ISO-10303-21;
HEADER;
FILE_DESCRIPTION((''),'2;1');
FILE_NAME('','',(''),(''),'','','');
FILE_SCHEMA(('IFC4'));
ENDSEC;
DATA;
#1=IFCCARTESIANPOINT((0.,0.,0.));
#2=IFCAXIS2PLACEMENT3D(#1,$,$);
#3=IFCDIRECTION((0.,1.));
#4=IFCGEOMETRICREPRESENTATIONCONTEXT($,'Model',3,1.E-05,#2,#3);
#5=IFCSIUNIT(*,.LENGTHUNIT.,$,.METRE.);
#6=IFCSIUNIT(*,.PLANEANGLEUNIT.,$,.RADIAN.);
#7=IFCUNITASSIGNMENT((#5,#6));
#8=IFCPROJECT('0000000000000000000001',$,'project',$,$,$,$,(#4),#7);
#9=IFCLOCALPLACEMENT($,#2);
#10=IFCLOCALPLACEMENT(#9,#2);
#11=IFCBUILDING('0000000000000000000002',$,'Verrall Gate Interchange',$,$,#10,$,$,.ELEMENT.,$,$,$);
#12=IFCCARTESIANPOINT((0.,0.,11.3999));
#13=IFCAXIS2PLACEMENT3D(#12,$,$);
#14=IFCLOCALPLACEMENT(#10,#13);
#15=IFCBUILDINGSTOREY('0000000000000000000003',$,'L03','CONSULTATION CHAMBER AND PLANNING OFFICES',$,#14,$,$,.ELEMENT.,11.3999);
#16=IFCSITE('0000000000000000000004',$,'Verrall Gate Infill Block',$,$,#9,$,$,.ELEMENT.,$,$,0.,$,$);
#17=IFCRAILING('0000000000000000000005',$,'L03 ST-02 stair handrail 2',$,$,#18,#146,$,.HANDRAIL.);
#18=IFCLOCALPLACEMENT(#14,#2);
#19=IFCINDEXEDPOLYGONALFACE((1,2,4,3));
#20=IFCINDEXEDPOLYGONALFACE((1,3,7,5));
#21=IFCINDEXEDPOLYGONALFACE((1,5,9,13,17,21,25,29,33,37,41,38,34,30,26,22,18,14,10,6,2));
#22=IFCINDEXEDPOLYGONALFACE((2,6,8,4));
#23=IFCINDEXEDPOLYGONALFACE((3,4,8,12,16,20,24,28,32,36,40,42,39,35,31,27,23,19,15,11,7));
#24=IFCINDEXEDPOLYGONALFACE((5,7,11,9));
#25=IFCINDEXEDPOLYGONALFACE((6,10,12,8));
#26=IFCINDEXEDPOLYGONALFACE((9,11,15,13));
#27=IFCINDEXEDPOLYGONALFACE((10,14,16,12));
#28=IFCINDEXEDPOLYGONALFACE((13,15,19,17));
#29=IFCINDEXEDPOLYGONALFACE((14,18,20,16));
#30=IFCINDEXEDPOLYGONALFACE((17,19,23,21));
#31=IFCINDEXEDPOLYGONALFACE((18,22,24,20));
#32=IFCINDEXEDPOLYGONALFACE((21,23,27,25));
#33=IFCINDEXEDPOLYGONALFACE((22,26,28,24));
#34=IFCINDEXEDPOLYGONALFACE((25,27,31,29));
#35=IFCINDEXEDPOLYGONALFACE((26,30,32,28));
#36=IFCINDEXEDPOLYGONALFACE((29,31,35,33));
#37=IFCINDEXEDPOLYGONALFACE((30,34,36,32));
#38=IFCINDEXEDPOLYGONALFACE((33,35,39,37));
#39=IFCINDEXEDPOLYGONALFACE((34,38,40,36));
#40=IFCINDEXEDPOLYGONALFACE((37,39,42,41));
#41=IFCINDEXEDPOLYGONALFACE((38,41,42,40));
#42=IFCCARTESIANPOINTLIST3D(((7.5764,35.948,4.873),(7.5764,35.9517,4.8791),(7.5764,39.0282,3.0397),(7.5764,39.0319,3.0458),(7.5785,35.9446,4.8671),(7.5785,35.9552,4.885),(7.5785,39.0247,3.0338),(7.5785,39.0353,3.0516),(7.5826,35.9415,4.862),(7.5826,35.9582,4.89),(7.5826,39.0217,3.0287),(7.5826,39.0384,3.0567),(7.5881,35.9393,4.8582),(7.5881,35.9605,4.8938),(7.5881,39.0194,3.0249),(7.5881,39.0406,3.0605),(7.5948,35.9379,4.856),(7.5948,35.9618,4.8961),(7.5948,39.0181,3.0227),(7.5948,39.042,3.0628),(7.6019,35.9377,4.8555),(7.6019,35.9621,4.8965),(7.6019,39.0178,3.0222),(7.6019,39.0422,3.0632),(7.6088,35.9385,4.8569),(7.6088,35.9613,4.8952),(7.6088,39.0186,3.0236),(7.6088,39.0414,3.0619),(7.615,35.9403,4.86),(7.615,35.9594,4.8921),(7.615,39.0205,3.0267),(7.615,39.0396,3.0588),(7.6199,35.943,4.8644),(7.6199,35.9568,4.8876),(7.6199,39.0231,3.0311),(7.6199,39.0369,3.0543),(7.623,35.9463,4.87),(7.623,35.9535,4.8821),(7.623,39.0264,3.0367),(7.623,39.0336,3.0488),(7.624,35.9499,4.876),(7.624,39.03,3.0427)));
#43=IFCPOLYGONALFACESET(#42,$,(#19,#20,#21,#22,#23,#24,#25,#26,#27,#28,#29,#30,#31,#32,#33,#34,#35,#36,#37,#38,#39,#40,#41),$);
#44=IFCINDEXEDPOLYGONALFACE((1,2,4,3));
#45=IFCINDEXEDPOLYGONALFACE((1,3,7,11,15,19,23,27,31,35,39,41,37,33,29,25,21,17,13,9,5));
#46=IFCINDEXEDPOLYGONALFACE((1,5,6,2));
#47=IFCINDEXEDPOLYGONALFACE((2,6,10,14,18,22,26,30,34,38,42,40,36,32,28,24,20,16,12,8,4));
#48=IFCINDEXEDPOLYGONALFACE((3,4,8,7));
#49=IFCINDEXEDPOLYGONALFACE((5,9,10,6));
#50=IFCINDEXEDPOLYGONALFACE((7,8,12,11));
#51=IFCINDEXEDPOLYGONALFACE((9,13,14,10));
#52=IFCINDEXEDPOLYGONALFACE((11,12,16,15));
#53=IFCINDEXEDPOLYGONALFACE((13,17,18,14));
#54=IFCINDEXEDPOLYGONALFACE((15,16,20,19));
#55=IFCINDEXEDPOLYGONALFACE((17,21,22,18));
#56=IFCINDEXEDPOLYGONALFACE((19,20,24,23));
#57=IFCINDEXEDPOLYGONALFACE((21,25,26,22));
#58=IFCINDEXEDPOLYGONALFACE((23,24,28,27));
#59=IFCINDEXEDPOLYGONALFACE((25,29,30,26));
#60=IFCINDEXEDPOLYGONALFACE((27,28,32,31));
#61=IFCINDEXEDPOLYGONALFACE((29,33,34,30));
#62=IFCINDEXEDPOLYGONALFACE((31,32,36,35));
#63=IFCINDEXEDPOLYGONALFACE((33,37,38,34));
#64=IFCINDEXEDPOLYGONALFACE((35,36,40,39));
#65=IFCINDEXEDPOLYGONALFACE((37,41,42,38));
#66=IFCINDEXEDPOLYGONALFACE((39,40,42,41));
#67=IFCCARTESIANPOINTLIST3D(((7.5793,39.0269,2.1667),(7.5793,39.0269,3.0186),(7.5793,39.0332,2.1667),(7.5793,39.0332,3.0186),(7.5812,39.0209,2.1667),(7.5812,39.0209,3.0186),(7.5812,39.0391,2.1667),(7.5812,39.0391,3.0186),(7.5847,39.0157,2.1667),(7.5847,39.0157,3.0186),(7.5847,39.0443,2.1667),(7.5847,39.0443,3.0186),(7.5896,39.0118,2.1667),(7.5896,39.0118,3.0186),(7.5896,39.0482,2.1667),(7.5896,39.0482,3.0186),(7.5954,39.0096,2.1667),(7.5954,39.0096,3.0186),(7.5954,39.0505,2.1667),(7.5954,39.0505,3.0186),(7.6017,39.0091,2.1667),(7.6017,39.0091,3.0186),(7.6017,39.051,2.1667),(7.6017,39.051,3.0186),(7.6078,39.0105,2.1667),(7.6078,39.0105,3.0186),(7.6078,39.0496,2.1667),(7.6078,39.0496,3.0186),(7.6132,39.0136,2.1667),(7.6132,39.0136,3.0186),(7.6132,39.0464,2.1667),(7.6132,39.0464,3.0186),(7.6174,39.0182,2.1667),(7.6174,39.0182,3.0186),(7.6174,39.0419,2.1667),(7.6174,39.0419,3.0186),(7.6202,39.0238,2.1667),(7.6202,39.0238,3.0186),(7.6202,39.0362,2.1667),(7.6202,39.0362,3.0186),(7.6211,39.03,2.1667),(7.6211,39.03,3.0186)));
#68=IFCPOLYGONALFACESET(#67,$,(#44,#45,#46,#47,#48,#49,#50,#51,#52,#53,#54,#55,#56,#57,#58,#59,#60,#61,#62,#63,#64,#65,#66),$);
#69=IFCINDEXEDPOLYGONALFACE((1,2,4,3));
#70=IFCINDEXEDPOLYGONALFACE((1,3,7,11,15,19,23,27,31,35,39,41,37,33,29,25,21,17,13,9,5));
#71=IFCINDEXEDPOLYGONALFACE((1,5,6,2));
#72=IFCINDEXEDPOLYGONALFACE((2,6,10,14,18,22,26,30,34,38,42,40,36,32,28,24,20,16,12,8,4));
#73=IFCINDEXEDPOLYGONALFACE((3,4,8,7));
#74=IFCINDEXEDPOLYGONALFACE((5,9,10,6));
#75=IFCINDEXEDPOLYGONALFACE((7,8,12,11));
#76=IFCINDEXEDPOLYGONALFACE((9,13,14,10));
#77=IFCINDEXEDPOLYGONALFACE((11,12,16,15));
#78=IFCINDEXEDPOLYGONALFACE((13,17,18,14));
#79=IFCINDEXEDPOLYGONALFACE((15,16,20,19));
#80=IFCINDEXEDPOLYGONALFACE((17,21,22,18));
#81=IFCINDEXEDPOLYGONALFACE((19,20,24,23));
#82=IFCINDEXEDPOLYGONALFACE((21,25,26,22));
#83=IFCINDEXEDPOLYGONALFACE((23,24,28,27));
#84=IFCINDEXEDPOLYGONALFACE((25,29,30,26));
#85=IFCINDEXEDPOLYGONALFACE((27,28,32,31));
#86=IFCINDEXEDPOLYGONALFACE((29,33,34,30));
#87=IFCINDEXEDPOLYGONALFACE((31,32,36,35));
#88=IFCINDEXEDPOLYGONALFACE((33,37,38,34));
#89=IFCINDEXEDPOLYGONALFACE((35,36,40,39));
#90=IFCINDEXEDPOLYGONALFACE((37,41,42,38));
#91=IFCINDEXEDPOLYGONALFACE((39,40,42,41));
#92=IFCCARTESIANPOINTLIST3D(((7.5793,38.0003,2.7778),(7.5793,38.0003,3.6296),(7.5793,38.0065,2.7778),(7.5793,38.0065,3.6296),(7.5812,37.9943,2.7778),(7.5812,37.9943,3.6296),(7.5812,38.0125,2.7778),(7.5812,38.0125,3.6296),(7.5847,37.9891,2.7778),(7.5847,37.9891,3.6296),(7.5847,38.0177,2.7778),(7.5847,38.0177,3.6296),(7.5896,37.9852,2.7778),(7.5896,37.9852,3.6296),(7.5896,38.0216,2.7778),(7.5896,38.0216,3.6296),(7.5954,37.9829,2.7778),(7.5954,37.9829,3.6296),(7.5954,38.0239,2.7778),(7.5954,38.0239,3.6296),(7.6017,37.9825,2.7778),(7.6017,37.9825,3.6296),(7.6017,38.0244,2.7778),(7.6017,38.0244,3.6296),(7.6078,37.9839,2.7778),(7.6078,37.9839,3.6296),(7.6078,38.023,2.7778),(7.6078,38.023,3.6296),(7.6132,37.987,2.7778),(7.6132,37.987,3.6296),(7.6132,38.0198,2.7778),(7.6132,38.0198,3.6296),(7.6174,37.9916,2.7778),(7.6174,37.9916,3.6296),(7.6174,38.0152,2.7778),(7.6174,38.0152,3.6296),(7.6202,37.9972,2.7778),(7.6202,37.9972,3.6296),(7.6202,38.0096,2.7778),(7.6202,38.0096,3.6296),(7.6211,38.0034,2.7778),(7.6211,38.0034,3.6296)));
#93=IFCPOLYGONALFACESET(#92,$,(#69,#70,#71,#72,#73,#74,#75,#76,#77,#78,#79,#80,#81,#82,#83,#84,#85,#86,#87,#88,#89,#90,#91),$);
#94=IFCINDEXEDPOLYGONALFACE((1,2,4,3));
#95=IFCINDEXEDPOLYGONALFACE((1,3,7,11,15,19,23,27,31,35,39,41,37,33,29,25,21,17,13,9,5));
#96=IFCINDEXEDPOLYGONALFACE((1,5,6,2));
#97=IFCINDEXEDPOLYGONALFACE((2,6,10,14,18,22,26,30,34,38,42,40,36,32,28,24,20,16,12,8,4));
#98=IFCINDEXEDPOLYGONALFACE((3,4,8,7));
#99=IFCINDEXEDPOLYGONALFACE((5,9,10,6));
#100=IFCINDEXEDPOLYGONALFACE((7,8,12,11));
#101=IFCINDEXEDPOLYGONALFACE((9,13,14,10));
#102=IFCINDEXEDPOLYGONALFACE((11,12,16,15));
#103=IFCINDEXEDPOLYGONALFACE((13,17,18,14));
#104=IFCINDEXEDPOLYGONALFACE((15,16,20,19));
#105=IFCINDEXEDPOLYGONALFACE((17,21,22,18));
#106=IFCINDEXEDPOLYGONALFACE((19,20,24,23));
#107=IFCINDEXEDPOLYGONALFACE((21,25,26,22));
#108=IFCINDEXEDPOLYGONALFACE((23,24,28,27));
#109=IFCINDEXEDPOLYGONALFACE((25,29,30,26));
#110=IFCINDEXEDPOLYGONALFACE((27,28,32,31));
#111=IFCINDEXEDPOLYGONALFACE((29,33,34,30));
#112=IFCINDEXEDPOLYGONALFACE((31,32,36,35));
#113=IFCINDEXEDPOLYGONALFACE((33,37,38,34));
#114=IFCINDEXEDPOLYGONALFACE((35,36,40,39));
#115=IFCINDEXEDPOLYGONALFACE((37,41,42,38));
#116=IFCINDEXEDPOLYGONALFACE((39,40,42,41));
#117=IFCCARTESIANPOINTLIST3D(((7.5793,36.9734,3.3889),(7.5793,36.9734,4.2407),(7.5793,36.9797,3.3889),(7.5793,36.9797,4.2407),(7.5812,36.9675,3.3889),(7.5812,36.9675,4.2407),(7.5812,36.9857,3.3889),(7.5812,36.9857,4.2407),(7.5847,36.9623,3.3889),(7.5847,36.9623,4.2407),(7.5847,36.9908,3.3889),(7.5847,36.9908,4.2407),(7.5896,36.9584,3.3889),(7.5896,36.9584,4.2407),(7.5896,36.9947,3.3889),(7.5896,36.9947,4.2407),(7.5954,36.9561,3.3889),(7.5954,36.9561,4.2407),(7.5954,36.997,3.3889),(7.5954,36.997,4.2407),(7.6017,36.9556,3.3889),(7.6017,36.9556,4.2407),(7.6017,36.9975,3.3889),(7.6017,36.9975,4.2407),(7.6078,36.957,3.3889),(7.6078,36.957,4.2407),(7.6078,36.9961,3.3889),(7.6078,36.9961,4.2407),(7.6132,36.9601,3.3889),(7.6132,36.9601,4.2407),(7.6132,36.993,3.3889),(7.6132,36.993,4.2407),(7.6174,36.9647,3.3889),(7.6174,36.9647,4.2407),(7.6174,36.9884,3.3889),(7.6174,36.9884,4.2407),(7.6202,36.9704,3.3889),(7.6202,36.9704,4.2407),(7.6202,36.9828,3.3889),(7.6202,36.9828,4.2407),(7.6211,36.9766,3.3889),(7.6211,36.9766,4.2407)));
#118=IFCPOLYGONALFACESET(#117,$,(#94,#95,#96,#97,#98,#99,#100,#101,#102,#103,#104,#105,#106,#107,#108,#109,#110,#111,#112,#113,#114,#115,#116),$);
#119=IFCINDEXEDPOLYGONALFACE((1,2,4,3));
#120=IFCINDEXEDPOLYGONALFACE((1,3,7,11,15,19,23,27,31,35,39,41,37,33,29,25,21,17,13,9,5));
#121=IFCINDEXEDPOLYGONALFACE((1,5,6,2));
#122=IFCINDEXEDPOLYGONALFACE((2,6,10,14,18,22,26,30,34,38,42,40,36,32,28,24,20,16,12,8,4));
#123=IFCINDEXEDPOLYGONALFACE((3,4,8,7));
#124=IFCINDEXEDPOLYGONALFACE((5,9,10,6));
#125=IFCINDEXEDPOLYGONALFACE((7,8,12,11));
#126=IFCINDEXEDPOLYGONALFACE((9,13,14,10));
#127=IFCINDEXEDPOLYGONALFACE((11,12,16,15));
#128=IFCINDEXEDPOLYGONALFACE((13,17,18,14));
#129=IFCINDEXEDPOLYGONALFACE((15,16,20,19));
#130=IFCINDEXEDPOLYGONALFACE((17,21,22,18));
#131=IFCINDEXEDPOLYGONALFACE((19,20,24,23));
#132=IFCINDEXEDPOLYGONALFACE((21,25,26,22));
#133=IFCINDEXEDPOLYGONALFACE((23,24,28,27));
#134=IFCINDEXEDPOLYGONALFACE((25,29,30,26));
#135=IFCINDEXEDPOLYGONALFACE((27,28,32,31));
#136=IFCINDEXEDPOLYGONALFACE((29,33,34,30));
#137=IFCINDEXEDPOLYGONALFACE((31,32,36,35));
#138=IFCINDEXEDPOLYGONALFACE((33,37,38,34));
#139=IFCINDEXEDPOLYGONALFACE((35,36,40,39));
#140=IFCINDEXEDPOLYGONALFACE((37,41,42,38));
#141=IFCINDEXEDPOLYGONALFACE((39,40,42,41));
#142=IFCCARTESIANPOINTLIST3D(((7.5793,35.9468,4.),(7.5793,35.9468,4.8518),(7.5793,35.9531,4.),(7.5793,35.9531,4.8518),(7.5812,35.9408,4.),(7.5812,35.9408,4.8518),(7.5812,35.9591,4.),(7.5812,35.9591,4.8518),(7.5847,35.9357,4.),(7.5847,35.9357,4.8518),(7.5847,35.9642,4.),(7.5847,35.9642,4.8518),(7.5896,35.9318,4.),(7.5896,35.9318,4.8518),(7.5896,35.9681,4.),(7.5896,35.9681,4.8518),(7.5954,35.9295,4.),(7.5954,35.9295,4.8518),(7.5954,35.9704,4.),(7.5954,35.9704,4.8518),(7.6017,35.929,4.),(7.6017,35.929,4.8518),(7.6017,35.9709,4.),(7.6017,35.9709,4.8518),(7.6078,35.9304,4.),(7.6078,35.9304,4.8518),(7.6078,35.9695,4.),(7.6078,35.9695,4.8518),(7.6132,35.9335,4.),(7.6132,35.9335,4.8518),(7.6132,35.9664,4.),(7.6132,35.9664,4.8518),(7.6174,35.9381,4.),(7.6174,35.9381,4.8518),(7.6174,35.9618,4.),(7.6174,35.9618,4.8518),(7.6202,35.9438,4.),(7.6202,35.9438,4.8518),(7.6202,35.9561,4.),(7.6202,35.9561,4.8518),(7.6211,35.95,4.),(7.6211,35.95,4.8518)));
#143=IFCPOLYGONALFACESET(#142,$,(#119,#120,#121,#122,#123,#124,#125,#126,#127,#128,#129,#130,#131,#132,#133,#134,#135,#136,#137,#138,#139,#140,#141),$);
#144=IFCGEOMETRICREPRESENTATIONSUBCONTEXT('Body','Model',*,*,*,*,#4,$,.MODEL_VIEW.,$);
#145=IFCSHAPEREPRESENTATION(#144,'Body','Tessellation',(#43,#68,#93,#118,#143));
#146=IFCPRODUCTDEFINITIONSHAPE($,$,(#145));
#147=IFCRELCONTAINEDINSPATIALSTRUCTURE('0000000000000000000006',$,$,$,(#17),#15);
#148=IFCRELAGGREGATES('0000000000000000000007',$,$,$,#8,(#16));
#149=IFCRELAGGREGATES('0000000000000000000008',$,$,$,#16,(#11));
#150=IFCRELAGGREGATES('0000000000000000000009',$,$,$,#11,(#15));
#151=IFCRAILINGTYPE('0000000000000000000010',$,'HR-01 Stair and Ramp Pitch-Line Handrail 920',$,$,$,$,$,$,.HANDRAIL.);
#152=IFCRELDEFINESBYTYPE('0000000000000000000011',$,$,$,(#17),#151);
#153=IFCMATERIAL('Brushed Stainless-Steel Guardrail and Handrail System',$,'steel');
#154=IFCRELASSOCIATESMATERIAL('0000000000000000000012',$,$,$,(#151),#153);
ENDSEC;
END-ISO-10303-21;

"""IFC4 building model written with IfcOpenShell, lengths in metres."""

from ifc_helpers import new_model, si_unit, direction, frame, origin, origin_2d, place, context, subcontext, project, spatial, circle, extrude, material, type_object, element, save


model = new_model("IFC4")

# Units and contexts
model_context = context("Model", 3, precision=1e-05, world=origin(), true_north=direction((0.0, 1.0)))
body_context = subcontext(model_context, "Body", "Model", "MODEL_VIEW")
ifc_project = project(units=[si_unit("LENGTHUNIT", "METRE"), si_unit("PLANEANGLEUNIT", "RADIAN")], contexts=[model_context])

# Site, building, storey
site_placement = place(None, origin())
site = spatial("IfcSite", under=ifc_project, at=site_placement, Name="Verrall Gate Infill Block", CompositionType="ELEMENT", RefElevation=0.0)
building_placement = place(site_placement, origin())
building = spatial("IfcBuilding", under=site, at=building_placement, Name="Verrall Gate Interchange", CompositionType="ELEMENT")
storey_placement = place(building_placement, frame((0.0, 0.0, 11.3999)))
storey = spatial("IfcBuildingStorey", under=building, at=storey_placement, Name="L03", Description="CONSULTATION CHAMBER AND PLANNING OFFICES", CompositionType="ELEMENT", Elevation=11.3999)

# Railing
ifc_material_1 = material(Name="Brushed Stainless-Steel Guardrail and Handrail System", Category="steel")
railing_type_1 = type_object("IfcRailingType", Name="HR-01 Stair and Ramp Pitch-Line Handrail 920", PredefinedType="HANDRAIL", material=ifc_material_1)
railing_1_placement = place(storey_placement, frame((7.6001, 39.03, 2.1667)))
element("IfcRailing", 1, at=railing_1_placement, inside=storey, type_object=railing_type_1, Name="L03 ST-02 stair handrail 2", PredefinedType="HANDRAIL", context=body_context, shape_type="SweptSolid", body=[
    extrude(circle(Radius=0.0239, at=origin_2d()), frame((0.0, 0.0, 0.876), z_axis=(0.0, -0.859309, 0.511458), x_axis=(1.0, 0.0, 0.0)), (0.0, 0.0, 1.0), 3.5845),
    extrude(circle(Radius=0.021, at=origin_2d()), origin(), (0.0, 0.0, 1.0), 0.8518),
    extrude(circle(Radius=0.021, at=origin_2d()), frame((0.0, -1.0266, 0.6111)), (0.0, 0.0, 1.0), 0.8518),
    extrude(circle(Radius=0.021, at=origin_2d()), frame((0.0, -2.0535, 1.2222)), (0.0, 0.0, 1.0), 0.8518),
    extrude(circle(Radius=0.021, at=origin_2d()), frame((0.0, -3.0801, 1.8333)), (0.0, 0.0, 1.0), 0.8518),
])

save(model, "model.ifc")
